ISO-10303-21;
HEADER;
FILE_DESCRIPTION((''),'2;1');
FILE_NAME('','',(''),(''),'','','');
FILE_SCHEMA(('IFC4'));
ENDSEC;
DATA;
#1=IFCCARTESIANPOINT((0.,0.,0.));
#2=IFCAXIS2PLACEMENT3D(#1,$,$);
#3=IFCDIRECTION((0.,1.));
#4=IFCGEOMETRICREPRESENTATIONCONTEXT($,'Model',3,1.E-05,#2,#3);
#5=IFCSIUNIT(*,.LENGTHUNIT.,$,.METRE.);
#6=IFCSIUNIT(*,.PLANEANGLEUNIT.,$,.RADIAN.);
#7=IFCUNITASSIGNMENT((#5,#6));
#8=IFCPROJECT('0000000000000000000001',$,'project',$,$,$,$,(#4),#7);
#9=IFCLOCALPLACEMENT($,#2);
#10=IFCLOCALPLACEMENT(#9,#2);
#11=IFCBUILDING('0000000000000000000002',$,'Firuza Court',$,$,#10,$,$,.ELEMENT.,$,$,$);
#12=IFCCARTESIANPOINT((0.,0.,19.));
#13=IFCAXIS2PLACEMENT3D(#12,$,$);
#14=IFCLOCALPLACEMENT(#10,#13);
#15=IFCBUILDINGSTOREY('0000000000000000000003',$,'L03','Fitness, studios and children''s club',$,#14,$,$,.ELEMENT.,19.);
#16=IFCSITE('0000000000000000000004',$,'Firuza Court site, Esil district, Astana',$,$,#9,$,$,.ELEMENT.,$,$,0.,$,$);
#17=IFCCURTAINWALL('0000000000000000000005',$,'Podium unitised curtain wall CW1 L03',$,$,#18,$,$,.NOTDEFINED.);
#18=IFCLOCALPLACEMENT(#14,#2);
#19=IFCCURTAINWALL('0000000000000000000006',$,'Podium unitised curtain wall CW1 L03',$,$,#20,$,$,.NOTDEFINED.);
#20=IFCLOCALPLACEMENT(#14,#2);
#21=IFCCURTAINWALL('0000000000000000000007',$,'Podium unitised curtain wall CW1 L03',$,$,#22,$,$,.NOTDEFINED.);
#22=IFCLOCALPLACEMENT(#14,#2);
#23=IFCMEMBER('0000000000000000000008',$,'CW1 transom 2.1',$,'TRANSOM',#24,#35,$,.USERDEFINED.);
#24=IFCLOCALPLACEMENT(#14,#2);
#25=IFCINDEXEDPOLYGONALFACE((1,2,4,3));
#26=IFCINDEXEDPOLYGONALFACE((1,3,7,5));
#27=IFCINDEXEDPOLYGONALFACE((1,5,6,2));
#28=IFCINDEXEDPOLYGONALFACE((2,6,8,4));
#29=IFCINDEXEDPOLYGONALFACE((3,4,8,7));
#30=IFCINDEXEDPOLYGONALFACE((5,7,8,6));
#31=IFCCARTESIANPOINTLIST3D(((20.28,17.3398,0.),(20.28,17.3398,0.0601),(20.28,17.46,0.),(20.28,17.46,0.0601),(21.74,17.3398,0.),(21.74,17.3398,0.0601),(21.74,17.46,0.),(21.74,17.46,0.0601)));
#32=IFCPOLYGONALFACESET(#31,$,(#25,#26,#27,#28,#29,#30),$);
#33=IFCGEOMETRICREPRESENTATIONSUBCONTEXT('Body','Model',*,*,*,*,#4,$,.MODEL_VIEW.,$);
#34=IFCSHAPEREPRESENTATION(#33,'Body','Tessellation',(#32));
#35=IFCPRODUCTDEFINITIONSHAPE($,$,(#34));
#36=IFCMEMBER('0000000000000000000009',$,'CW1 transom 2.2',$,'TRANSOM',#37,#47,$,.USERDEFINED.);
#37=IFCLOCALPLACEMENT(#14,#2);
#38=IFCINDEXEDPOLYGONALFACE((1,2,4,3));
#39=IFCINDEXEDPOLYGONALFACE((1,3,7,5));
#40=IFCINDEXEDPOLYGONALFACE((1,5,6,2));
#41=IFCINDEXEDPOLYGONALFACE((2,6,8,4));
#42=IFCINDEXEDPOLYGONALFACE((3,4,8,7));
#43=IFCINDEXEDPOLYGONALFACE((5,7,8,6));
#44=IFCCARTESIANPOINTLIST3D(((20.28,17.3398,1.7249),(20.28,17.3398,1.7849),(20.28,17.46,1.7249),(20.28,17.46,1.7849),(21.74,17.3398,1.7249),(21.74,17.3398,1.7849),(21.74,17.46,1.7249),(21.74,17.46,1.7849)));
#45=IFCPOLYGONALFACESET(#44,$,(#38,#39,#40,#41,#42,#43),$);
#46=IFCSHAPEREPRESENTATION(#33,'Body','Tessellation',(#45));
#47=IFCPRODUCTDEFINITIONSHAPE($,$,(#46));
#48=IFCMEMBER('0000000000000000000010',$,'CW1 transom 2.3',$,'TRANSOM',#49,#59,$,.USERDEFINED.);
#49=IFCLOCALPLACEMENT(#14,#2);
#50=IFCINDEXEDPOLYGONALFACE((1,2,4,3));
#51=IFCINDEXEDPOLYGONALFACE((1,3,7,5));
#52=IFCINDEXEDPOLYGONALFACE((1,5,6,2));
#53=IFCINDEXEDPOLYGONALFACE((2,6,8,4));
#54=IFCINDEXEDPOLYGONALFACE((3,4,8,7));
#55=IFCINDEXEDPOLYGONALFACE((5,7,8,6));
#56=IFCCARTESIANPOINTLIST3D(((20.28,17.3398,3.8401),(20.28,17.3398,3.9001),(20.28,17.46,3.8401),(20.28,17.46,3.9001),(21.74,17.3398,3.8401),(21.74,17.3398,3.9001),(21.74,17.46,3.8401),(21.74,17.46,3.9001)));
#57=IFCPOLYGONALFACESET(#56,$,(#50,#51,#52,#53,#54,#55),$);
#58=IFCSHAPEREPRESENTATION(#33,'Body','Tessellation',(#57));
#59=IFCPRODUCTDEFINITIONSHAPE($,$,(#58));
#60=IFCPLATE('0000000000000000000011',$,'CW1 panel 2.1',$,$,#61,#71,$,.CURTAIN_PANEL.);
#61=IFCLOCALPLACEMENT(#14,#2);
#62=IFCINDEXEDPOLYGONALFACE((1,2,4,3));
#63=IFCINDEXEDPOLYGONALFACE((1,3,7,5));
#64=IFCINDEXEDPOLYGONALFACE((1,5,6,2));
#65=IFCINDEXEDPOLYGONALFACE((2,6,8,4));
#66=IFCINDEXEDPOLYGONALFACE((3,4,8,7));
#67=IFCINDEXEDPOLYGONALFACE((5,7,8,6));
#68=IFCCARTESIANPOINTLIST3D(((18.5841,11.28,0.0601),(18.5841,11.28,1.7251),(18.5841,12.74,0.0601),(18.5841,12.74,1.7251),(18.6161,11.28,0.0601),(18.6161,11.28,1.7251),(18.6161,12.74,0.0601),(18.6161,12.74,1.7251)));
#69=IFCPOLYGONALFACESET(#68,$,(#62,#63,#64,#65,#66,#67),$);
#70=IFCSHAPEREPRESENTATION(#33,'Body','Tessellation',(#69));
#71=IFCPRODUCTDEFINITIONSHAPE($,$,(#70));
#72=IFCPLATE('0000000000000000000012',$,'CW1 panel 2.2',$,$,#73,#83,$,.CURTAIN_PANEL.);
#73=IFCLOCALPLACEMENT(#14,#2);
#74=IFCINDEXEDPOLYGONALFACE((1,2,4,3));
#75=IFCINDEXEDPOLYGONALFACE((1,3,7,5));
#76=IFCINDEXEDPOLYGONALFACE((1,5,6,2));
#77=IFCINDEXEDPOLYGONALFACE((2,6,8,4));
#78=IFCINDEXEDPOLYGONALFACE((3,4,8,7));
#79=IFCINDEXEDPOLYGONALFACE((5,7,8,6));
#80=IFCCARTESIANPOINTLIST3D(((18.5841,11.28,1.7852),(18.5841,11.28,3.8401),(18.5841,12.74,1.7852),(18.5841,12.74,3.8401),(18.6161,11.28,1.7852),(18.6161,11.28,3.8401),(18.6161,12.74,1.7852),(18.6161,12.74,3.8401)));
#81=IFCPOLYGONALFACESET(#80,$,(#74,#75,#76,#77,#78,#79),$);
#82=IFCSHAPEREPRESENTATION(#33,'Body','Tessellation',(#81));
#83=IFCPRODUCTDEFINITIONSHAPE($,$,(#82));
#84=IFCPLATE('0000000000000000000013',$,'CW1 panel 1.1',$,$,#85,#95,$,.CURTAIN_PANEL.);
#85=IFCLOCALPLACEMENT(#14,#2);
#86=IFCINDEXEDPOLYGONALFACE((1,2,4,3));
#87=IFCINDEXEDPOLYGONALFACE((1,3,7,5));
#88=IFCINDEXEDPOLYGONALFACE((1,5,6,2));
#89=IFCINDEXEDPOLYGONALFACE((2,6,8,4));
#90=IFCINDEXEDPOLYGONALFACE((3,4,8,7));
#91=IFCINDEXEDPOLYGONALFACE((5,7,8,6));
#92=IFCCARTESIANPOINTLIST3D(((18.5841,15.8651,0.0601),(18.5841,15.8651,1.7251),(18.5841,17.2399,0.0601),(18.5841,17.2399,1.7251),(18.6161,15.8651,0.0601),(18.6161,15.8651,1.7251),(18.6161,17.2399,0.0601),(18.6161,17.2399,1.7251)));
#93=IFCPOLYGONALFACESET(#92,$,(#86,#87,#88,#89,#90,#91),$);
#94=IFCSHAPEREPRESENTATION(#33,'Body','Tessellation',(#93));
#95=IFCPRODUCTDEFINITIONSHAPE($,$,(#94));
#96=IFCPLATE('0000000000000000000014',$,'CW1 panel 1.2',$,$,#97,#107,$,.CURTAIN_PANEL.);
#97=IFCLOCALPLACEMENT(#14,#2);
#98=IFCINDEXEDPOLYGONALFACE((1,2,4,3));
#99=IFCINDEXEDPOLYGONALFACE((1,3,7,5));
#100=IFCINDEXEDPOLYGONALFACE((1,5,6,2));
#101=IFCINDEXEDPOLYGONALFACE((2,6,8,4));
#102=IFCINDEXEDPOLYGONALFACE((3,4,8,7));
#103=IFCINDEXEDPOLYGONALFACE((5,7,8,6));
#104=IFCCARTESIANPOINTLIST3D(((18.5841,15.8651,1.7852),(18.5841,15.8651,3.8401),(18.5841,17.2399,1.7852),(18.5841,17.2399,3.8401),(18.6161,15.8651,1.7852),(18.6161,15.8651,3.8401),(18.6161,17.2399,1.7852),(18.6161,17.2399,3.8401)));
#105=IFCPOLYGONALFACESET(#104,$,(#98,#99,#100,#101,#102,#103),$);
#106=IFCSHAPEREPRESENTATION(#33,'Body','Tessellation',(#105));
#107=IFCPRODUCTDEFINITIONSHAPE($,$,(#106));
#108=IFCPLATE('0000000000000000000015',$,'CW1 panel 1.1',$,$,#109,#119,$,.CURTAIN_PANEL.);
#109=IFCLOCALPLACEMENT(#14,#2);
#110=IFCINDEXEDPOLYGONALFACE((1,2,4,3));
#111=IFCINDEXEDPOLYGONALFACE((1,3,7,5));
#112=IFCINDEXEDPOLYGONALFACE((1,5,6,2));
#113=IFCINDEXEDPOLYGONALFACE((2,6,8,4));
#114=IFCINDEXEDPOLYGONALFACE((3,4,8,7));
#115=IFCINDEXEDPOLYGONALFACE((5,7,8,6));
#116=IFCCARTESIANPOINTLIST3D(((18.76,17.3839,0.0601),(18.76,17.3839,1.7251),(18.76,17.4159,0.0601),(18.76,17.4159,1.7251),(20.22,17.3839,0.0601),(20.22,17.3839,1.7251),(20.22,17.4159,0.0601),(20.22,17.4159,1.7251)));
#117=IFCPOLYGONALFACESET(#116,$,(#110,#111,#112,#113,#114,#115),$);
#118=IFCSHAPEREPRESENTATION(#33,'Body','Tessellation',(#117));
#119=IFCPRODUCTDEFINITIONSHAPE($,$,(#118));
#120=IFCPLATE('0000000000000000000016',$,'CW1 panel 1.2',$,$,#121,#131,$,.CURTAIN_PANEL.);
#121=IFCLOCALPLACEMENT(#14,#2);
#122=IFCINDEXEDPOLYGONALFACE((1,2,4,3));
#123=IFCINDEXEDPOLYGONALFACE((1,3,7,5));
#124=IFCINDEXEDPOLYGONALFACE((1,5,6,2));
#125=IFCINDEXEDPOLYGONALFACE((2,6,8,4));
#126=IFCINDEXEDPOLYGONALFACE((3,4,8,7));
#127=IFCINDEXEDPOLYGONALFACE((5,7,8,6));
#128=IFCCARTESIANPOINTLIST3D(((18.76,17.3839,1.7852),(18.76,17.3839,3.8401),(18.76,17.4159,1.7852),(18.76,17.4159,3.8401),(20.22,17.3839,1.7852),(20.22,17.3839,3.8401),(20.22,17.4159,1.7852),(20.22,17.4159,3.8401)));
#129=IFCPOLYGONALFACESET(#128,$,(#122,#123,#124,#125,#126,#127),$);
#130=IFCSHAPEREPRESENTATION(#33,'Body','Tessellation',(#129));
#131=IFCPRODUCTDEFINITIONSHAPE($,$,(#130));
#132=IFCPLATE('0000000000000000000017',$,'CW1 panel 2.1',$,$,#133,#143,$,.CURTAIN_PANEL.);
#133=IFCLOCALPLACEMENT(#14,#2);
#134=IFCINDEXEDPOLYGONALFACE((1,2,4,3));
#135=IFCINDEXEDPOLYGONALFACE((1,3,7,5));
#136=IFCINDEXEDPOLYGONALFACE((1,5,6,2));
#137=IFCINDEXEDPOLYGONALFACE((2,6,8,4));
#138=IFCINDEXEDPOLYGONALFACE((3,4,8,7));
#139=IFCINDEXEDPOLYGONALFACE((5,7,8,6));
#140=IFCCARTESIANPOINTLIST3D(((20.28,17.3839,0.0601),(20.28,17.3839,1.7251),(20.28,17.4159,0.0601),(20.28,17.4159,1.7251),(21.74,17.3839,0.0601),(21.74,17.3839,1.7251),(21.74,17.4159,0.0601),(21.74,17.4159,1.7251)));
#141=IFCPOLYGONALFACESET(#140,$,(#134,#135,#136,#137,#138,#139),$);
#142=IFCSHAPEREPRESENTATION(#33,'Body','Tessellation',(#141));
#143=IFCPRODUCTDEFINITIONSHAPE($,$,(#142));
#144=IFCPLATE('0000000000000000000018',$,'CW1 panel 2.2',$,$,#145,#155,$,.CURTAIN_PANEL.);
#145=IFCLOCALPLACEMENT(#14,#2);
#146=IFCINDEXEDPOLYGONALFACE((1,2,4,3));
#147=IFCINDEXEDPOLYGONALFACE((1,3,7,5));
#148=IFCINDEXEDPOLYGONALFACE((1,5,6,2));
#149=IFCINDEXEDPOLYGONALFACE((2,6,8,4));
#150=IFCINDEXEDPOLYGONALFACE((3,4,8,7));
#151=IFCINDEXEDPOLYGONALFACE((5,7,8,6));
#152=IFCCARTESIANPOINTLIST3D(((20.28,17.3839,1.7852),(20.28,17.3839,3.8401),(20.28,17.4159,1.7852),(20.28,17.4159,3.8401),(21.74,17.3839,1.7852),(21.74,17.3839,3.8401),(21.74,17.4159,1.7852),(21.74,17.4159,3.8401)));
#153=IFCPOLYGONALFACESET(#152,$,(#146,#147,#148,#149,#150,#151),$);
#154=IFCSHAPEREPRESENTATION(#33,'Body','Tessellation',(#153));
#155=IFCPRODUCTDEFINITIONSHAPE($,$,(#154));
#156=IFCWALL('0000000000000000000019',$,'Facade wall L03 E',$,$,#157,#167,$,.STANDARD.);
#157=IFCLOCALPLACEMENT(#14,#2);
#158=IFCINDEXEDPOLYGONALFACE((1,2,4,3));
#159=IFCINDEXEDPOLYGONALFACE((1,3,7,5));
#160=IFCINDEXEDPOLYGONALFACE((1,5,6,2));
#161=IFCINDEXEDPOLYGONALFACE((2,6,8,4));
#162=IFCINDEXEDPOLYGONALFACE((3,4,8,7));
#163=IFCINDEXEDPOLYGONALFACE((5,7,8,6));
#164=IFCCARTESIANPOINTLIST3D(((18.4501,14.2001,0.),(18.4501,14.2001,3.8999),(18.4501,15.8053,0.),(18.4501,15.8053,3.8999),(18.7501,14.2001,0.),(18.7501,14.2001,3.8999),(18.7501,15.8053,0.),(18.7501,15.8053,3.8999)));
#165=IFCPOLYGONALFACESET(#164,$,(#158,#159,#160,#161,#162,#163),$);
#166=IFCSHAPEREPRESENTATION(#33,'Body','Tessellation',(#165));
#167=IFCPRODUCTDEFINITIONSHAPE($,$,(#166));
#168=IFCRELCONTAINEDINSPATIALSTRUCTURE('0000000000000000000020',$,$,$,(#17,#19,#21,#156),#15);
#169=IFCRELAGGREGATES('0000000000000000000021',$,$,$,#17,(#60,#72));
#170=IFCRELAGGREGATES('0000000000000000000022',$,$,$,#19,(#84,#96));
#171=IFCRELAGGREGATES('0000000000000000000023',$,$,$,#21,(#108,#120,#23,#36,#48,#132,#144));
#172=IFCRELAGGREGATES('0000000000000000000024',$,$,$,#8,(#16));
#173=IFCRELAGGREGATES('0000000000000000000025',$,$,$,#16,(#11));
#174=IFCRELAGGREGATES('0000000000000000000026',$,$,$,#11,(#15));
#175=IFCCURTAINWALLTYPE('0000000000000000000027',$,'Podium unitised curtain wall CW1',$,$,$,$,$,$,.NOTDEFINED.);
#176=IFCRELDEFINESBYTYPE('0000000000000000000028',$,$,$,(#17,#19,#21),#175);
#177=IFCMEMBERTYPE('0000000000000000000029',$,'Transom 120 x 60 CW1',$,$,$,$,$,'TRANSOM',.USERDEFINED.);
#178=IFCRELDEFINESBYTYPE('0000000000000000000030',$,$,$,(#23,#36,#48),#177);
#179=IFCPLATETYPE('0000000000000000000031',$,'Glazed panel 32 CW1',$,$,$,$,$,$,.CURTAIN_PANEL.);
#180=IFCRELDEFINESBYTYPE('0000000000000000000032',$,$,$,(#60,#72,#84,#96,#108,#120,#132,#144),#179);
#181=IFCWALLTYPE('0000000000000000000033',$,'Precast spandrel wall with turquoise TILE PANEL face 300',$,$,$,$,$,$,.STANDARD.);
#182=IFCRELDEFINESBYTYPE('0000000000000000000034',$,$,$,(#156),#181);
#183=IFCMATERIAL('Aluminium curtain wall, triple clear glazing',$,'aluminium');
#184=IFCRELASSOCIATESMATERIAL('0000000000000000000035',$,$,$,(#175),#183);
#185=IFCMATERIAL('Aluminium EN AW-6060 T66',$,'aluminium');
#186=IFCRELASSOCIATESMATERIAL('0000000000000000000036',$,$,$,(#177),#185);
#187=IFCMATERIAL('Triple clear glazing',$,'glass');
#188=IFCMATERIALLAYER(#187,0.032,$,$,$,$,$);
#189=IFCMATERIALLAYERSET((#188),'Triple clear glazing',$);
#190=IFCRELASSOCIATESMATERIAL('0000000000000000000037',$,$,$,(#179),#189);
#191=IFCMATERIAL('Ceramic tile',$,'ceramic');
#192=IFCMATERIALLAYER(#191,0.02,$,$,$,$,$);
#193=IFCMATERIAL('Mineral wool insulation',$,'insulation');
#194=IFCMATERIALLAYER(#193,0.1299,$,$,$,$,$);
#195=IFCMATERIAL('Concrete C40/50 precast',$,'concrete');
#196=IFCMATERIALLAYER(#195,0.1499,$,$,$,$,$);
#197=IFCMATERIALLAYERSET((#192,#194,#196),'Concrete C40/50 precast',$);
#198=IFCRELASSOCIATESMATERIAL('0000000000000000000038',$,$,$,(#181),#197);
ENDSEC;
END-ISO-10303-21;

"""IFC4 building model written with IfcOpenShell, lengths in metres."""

from ifc_helpers import new_model, si_unit, direction, frame, frame_2d, origin, origin_2d, place, context, subcontext, project, spatial, rectangle, extrude, material, layer, layer_set, material_profile, profile_set, type_object, element, aggregate, save


model = new_model("IFC4")

# Units and contexts
model_context = context("Model", 3, precision=1e-05, world=origin(), true_north=direction((0.0, 1.0)))
body_context = subcontext(model_context, "Body", "Model", "MODEL_VIEW")
ifc_project = project(units=[si_unit("LENGTHUNIT", "METRE"), si_unit("PLANEANGLEUNIT", "RADIAN")], contexts=[model_context])

# Site, building, storey
site_placement = place(None, origin())
site = spatial("IfcSite", under=ifc_project, at=site_placement, Name="Firuza Court site, Esil district, Astana", CompositionType="ELEMENT", RefElevation=0.0)
building_placement = place(site_placement, origin())
building = spatial("IfcBuilding", under=site, at=building_placement, Name="Firuza Court", CompositionType="ELEMENT")
storey_placement = place(building_placement, frame((0.0, 0.0, 19.0)))
storey = spatial("IfcBuildingStorey", under=building, at=storey_placement, Name="L03", Description="Fitness, studios and children's club", CompositionType="ELEMENT", Elevation=19.0)

# Curtain walls
ifc_material_1 = material(Name="Aluminium curtain wall, triple clear glazing", Category="aluminium")
curtain_wall_type = type_object("IfcCurtainWallType", Name="Podium unitised curtain wall CW1", PredefinedType="NOTDEFINED", material=ifc_material_1)
curtain_wall_1_placement = place(storey_placement, origin())
curtain_wall_1 = element("IfcCurtainWall", 1, at=curtain_wall_1_placement, inside=storey, type_object=curtain_wall_type, Name="Podium unitised curtain wall CW1 L03", PredefinedType="NOTDEFINED")
curtain_wall_2_placement = place(storey_placement, origin())
curtain_wall_2 = element("IfcCurtainWall", 2, at=curtain_wall_2_placement, inside=storey, type_object=curtain_wall_type, Name="Podium unitised curtain wall CW1 L03", PredefinedType="NOTDEFINED")
curtain_wall_3_placement = place(storey_placement, origin())
curtain_wall_3 = element("IfcCurtainWall", 3, at=curtain_wall_3_placement, inside=storey, type_object=curtain_wall_type, Name="Podium unitised curtain wall CW1 L03", PredefinedType="NOTDEFINED")

# Members
ifc_material_2 = material(Name="Aluminium EN AW-6060 T66", Category="aluminium")
ifc_material_profile_1 = material_profile(ifc_material_2, rectangle(XDim=0.1201, YDim=0.0601, at=origin_2d()), Name="Transom 120 x 60 CW1")
ifc_profile_set_1 = profile_set([ifc_material_profile_1], Name="Aluminium EN AW-6060 T66")
member_type_1 = type_object("IfcMemberType", Name="Transom 120 x 60 CW1", ElementType="TRANSOM", PredefinedType="USERDEFINED", material=ifc_profile_set_1)
member_1_placement = place(storey_placement, frame((20.28, 17.3999, 0.03), z_axis=(1.0, 0.0, 0.0), x_axis=(0.0, 1.0, 0.0)))
member_1 = element("IfcMember", 4, at=member_1_placement, type_object=member_type_1, Name="CW1 transom 2.1", ObjectType="TRANSOM", PredefinedType="USERDEFINED", context=body_context, shape_type="SweptSolid", body=[
    extrude(rectangle(XDim=0.1201, YDim=0.0601, at=origin_2d()), origin(), (0.0, 0.0, 1.0), 1.46),
])
member_2_placement = place(storey_placement, frame((20.28, 17.3999, 1.7549), z_axis=(1.0, 0.0, 0.0), x_axis=(0.0, 1.0, 0.0)))
member_2 = element("IfcMember", 5, at=member_2_placement, type_object=member_type_1, Name="CW1 transom 2.2", ObjectType="TRANSOM", PredefinedType="USERDEFINED", context=body_context, shape_type="SweptSolid", body=[
    extrude(rectangle(XDim=0.1201, YDim=0.0601, at=origin_2d()), origin(), (0.0, 0.0, 1.0), 1.46),
])
member_3_placement = place(storey_placement, frame((20.28, 17.3999, 3.8701), z_axis=(1.0, 0.0, 0.0), x_axis=(0.0, 1.0, 0.0)))
member_3 = element("IfcMember", 6, at=member_3_placement, type_object=member_type_1, Name="CW1 transom 2.3", ObjectType="TRANSOM", PredefinedType="USERDEFINED", context=body_context, shape_type="SweptSolid", body=[
    extrude(rectangle(XDim=0.1201, YDim=0.0601, at=origin_2d()), origin(), (0.0, 0.0, 1.0), 1.46),
])

# Plates
ifc_material_3 = material(Name="Triple clear glazing", Category="glass")
ifc_layer_1 = layer(ifc_material_3, 0.032)
ifc_layer_set_1 = layer_set([ifc_layer_1], Name="Triple clear glazing")
plate_type = type_object("IfcPlateType", Name="Glazed panel 32 CW1", PredefinedType="CURTAIN_PANEL", material=ifc_layer_set_1)
plate_1_placement = place(storey_placement, frame((18.6001, 12.01, 0.0601), z_axis=(0.0, 0.0, 1.0), x_axis=(0.0, 1.0, 0.0)))
plate_1 = element("IfcPlate", 7, at=plate_1_placement, type_object=plate_type, Name="CW1 panel 2.1", PredefinedType="CURTAIN_PANEL", context=body_context, shape_type="SweptSolid", body=[
    extrude(rectangle(XDim=1.46, YDim=0.032, at=origin_2d()), origin(), (0.0, 0.0, 1.0), 1.665),
])
plate_2_placement = place(storey_placement, frame((18.6001, 12.01, 1.7852), z_axis=(0.0, 0.0, 1.0), x_axis=(0.0, 1.0, 0.0)))
plate_2 = element("IfcPlate", 8, at=plate_2_placement, type_object=plate_type, Name="CW1 panel 2.2", PredefinedType="CURTAIN_PANEL", context=body_context, shape_type="SweptSolid", body=[
    extrude(rectangle(XDim=1.46, YDim=0.032, at=origin_2d()), origin(), (0.0, 0.0, 1.0), 2.0549),
])
aggregate(curtain_wall_1, [plate_1, plate_2])
plate_3_placement = place(storey_placement, frame((18.6001, 16.5525, 0.0601), z_axis=(0.0, 0.0, 1.0), x_axis=(0.0, 1.0, 0.0)))
plate_3 = element("IfcPlate", 9, at=plate_3_placement, type_object=plate_type, Name="CW1 panel 1.1", PredefinedType="CURTAIN_PANEL", context=body_context, shape_type="SweptSolid", body=[
    extrude(rectangle(XDim=1.3748, YDim=0.032, at=origin_2d()), origin(), (0.0, 0.0, 1.0), 1.665),
])
plate_4_placement = place(storey_placement, frame((18.6001, 16.5525, 1.7852), z_axis=(0.0, 0.0, 1.0), x_axis=(0.0, 1.0, 0.0)))
plate_4 = element("IfcPlate", 10, at=plate_4_placement, type_object=plate_type, Name="CW1 panel 1.2", PredefinedType="CURTAIN_PANEL", context=body_context, shape_type="SweptSolid", body=[
    extrude(rectangle(XDim=1.3748, YDim=0.032, at=origin_2d()), origin(), (0.0, 0.0, 1.0), 2.0549),
])
aggregate(curtain_wall_2, [plate_3, plate_4])
plate_5_placement = place(storey_placement, frame((19.49, 17.3999, 0.0601), z_axis=(0.0, 0.0, 1.0), x_axis=(1.0, 0.0, 0.0)))
plate_5 = element("IfcPlate", 11, at=plate_5_placement, type_object=plate_type, Name="CW1 panel 1.1", PredefinedType="CURTAIN_PANEL", context=body_context, shape_type="SweptSolid", body=[
    extrude(rectangle(XDim=1.46, YDim=0.032, at=origin_2d()), origin(), (0.0, 0.0, 1.0), 1.665),
])
plate_6_placement = place(storey_placement, frame((19.49, 17.3999, 1.7852), z_axis=(0.0, 0.0, 1.0), x_axis=(1.0, 0.0, 0.0)))
plate_6 = element("IfcPlate", 12, at=plate_6_placement, type_object=plate_type, Name="CW1 panel 1.2", PredefinedType="CURTAIN_PANEL", context=body_context, shape_type="SweptSolid", body=[
    extrude(rectangle(XDim=1.46, YDim=0.032, at=origin_2d()), origin(), (0.0, 0.0, 1.0), 2.0549),
])
plate_7_placement = place(storey_placement, frame((21.01, 17.3999, 0.0601), z_axis=(0.0, 0.0, 1.0), x_axis=(1.0, 0.0, 0.0)))
plate_7 = element("IfcPlate", 13, at=plate_7_placement, type_object=plate_type, Name="CW1 panel 2.1", PredefinedType="CURTAIN_PANEL", context=body_context, shape_type="SweptSolid", body=[
    extrude(rectangle(XDim=1.46, YDim=0.032, at=origin_2d()), origin(), (0.0, 0.0, 1.0), 1.665),
])
plate_8_placement = place(storey_placement, frame((21.01, 17.3999, 1.7852), z_axis=(0.0, 0.0, 1.0), x_axis=(1.0, 0.0, 0.0)))
plate_8 = element("IfcPlate", 14, at=plate_8_placement, type_object=plate_type, Name="CW1 panel 2.2", PredefinedType="CURTAIN_PANEL", context=body_context, shape_type="SweptSolid", body=[
    extrude(rectangle(XDim=1.46, YDim=0.032, at=origin_2d()), origin(), (0.0, 0.0, 1.0), 2.0549),
])
aggregate(curtain_wall_3, [plate_5, plate_6, member_1, member_2, member_3, plate_7, plate_8])

# Wall
ifc_material_4 = material(Name="Ceramic tile", Category="ceramic")
ifc_layer_2 = layer(ifc_material_4, 0.02)
ifc_material_5 = material(Name="Mineral wool insulation", Category="insulation")
ifc_layer_3 = layer(ifc_material_5, 0.1299)
ifc_material_6 = material(Name="Concrete C40/50 precast", Category="concrete")
ifc_layer_4 = layer(ifc_material_6, 0.1499)
ifc_layer_set_2 = layer_set([ifc_layer_2, ifc_layer_3, ifc_layer_4], Name="Concrete C40/50 precast")
wall_type = type_object("IfcWallType", Name="Precast spandrel wall with turquoise TILE PANEL face 300", PredefinedType="STANDARD", material=ifc_layer_set_2)
wall_placement = place(storey_placement, frame((18.6001, 14.2, 0.0), z_axis=(0.0, 0.0, 1.0), x_axis=(0.0, 1.0, 0.0)))
element("IfcWall", 15, at=wall_placement, inside=storey, type_object=wall_type, Name="Facade wall L03 E", PredefinedType="STANDARD", context=body_context, shape_type="SweptSolid", body=[
    extrude(rectangle(XDim=1.6052, YDim=0.3, at=frame_2d((0.8027, 0.0))), origin(), (0.0, 0.0, 1.0), 3.8999),
])

save(model, "model.ifc")
